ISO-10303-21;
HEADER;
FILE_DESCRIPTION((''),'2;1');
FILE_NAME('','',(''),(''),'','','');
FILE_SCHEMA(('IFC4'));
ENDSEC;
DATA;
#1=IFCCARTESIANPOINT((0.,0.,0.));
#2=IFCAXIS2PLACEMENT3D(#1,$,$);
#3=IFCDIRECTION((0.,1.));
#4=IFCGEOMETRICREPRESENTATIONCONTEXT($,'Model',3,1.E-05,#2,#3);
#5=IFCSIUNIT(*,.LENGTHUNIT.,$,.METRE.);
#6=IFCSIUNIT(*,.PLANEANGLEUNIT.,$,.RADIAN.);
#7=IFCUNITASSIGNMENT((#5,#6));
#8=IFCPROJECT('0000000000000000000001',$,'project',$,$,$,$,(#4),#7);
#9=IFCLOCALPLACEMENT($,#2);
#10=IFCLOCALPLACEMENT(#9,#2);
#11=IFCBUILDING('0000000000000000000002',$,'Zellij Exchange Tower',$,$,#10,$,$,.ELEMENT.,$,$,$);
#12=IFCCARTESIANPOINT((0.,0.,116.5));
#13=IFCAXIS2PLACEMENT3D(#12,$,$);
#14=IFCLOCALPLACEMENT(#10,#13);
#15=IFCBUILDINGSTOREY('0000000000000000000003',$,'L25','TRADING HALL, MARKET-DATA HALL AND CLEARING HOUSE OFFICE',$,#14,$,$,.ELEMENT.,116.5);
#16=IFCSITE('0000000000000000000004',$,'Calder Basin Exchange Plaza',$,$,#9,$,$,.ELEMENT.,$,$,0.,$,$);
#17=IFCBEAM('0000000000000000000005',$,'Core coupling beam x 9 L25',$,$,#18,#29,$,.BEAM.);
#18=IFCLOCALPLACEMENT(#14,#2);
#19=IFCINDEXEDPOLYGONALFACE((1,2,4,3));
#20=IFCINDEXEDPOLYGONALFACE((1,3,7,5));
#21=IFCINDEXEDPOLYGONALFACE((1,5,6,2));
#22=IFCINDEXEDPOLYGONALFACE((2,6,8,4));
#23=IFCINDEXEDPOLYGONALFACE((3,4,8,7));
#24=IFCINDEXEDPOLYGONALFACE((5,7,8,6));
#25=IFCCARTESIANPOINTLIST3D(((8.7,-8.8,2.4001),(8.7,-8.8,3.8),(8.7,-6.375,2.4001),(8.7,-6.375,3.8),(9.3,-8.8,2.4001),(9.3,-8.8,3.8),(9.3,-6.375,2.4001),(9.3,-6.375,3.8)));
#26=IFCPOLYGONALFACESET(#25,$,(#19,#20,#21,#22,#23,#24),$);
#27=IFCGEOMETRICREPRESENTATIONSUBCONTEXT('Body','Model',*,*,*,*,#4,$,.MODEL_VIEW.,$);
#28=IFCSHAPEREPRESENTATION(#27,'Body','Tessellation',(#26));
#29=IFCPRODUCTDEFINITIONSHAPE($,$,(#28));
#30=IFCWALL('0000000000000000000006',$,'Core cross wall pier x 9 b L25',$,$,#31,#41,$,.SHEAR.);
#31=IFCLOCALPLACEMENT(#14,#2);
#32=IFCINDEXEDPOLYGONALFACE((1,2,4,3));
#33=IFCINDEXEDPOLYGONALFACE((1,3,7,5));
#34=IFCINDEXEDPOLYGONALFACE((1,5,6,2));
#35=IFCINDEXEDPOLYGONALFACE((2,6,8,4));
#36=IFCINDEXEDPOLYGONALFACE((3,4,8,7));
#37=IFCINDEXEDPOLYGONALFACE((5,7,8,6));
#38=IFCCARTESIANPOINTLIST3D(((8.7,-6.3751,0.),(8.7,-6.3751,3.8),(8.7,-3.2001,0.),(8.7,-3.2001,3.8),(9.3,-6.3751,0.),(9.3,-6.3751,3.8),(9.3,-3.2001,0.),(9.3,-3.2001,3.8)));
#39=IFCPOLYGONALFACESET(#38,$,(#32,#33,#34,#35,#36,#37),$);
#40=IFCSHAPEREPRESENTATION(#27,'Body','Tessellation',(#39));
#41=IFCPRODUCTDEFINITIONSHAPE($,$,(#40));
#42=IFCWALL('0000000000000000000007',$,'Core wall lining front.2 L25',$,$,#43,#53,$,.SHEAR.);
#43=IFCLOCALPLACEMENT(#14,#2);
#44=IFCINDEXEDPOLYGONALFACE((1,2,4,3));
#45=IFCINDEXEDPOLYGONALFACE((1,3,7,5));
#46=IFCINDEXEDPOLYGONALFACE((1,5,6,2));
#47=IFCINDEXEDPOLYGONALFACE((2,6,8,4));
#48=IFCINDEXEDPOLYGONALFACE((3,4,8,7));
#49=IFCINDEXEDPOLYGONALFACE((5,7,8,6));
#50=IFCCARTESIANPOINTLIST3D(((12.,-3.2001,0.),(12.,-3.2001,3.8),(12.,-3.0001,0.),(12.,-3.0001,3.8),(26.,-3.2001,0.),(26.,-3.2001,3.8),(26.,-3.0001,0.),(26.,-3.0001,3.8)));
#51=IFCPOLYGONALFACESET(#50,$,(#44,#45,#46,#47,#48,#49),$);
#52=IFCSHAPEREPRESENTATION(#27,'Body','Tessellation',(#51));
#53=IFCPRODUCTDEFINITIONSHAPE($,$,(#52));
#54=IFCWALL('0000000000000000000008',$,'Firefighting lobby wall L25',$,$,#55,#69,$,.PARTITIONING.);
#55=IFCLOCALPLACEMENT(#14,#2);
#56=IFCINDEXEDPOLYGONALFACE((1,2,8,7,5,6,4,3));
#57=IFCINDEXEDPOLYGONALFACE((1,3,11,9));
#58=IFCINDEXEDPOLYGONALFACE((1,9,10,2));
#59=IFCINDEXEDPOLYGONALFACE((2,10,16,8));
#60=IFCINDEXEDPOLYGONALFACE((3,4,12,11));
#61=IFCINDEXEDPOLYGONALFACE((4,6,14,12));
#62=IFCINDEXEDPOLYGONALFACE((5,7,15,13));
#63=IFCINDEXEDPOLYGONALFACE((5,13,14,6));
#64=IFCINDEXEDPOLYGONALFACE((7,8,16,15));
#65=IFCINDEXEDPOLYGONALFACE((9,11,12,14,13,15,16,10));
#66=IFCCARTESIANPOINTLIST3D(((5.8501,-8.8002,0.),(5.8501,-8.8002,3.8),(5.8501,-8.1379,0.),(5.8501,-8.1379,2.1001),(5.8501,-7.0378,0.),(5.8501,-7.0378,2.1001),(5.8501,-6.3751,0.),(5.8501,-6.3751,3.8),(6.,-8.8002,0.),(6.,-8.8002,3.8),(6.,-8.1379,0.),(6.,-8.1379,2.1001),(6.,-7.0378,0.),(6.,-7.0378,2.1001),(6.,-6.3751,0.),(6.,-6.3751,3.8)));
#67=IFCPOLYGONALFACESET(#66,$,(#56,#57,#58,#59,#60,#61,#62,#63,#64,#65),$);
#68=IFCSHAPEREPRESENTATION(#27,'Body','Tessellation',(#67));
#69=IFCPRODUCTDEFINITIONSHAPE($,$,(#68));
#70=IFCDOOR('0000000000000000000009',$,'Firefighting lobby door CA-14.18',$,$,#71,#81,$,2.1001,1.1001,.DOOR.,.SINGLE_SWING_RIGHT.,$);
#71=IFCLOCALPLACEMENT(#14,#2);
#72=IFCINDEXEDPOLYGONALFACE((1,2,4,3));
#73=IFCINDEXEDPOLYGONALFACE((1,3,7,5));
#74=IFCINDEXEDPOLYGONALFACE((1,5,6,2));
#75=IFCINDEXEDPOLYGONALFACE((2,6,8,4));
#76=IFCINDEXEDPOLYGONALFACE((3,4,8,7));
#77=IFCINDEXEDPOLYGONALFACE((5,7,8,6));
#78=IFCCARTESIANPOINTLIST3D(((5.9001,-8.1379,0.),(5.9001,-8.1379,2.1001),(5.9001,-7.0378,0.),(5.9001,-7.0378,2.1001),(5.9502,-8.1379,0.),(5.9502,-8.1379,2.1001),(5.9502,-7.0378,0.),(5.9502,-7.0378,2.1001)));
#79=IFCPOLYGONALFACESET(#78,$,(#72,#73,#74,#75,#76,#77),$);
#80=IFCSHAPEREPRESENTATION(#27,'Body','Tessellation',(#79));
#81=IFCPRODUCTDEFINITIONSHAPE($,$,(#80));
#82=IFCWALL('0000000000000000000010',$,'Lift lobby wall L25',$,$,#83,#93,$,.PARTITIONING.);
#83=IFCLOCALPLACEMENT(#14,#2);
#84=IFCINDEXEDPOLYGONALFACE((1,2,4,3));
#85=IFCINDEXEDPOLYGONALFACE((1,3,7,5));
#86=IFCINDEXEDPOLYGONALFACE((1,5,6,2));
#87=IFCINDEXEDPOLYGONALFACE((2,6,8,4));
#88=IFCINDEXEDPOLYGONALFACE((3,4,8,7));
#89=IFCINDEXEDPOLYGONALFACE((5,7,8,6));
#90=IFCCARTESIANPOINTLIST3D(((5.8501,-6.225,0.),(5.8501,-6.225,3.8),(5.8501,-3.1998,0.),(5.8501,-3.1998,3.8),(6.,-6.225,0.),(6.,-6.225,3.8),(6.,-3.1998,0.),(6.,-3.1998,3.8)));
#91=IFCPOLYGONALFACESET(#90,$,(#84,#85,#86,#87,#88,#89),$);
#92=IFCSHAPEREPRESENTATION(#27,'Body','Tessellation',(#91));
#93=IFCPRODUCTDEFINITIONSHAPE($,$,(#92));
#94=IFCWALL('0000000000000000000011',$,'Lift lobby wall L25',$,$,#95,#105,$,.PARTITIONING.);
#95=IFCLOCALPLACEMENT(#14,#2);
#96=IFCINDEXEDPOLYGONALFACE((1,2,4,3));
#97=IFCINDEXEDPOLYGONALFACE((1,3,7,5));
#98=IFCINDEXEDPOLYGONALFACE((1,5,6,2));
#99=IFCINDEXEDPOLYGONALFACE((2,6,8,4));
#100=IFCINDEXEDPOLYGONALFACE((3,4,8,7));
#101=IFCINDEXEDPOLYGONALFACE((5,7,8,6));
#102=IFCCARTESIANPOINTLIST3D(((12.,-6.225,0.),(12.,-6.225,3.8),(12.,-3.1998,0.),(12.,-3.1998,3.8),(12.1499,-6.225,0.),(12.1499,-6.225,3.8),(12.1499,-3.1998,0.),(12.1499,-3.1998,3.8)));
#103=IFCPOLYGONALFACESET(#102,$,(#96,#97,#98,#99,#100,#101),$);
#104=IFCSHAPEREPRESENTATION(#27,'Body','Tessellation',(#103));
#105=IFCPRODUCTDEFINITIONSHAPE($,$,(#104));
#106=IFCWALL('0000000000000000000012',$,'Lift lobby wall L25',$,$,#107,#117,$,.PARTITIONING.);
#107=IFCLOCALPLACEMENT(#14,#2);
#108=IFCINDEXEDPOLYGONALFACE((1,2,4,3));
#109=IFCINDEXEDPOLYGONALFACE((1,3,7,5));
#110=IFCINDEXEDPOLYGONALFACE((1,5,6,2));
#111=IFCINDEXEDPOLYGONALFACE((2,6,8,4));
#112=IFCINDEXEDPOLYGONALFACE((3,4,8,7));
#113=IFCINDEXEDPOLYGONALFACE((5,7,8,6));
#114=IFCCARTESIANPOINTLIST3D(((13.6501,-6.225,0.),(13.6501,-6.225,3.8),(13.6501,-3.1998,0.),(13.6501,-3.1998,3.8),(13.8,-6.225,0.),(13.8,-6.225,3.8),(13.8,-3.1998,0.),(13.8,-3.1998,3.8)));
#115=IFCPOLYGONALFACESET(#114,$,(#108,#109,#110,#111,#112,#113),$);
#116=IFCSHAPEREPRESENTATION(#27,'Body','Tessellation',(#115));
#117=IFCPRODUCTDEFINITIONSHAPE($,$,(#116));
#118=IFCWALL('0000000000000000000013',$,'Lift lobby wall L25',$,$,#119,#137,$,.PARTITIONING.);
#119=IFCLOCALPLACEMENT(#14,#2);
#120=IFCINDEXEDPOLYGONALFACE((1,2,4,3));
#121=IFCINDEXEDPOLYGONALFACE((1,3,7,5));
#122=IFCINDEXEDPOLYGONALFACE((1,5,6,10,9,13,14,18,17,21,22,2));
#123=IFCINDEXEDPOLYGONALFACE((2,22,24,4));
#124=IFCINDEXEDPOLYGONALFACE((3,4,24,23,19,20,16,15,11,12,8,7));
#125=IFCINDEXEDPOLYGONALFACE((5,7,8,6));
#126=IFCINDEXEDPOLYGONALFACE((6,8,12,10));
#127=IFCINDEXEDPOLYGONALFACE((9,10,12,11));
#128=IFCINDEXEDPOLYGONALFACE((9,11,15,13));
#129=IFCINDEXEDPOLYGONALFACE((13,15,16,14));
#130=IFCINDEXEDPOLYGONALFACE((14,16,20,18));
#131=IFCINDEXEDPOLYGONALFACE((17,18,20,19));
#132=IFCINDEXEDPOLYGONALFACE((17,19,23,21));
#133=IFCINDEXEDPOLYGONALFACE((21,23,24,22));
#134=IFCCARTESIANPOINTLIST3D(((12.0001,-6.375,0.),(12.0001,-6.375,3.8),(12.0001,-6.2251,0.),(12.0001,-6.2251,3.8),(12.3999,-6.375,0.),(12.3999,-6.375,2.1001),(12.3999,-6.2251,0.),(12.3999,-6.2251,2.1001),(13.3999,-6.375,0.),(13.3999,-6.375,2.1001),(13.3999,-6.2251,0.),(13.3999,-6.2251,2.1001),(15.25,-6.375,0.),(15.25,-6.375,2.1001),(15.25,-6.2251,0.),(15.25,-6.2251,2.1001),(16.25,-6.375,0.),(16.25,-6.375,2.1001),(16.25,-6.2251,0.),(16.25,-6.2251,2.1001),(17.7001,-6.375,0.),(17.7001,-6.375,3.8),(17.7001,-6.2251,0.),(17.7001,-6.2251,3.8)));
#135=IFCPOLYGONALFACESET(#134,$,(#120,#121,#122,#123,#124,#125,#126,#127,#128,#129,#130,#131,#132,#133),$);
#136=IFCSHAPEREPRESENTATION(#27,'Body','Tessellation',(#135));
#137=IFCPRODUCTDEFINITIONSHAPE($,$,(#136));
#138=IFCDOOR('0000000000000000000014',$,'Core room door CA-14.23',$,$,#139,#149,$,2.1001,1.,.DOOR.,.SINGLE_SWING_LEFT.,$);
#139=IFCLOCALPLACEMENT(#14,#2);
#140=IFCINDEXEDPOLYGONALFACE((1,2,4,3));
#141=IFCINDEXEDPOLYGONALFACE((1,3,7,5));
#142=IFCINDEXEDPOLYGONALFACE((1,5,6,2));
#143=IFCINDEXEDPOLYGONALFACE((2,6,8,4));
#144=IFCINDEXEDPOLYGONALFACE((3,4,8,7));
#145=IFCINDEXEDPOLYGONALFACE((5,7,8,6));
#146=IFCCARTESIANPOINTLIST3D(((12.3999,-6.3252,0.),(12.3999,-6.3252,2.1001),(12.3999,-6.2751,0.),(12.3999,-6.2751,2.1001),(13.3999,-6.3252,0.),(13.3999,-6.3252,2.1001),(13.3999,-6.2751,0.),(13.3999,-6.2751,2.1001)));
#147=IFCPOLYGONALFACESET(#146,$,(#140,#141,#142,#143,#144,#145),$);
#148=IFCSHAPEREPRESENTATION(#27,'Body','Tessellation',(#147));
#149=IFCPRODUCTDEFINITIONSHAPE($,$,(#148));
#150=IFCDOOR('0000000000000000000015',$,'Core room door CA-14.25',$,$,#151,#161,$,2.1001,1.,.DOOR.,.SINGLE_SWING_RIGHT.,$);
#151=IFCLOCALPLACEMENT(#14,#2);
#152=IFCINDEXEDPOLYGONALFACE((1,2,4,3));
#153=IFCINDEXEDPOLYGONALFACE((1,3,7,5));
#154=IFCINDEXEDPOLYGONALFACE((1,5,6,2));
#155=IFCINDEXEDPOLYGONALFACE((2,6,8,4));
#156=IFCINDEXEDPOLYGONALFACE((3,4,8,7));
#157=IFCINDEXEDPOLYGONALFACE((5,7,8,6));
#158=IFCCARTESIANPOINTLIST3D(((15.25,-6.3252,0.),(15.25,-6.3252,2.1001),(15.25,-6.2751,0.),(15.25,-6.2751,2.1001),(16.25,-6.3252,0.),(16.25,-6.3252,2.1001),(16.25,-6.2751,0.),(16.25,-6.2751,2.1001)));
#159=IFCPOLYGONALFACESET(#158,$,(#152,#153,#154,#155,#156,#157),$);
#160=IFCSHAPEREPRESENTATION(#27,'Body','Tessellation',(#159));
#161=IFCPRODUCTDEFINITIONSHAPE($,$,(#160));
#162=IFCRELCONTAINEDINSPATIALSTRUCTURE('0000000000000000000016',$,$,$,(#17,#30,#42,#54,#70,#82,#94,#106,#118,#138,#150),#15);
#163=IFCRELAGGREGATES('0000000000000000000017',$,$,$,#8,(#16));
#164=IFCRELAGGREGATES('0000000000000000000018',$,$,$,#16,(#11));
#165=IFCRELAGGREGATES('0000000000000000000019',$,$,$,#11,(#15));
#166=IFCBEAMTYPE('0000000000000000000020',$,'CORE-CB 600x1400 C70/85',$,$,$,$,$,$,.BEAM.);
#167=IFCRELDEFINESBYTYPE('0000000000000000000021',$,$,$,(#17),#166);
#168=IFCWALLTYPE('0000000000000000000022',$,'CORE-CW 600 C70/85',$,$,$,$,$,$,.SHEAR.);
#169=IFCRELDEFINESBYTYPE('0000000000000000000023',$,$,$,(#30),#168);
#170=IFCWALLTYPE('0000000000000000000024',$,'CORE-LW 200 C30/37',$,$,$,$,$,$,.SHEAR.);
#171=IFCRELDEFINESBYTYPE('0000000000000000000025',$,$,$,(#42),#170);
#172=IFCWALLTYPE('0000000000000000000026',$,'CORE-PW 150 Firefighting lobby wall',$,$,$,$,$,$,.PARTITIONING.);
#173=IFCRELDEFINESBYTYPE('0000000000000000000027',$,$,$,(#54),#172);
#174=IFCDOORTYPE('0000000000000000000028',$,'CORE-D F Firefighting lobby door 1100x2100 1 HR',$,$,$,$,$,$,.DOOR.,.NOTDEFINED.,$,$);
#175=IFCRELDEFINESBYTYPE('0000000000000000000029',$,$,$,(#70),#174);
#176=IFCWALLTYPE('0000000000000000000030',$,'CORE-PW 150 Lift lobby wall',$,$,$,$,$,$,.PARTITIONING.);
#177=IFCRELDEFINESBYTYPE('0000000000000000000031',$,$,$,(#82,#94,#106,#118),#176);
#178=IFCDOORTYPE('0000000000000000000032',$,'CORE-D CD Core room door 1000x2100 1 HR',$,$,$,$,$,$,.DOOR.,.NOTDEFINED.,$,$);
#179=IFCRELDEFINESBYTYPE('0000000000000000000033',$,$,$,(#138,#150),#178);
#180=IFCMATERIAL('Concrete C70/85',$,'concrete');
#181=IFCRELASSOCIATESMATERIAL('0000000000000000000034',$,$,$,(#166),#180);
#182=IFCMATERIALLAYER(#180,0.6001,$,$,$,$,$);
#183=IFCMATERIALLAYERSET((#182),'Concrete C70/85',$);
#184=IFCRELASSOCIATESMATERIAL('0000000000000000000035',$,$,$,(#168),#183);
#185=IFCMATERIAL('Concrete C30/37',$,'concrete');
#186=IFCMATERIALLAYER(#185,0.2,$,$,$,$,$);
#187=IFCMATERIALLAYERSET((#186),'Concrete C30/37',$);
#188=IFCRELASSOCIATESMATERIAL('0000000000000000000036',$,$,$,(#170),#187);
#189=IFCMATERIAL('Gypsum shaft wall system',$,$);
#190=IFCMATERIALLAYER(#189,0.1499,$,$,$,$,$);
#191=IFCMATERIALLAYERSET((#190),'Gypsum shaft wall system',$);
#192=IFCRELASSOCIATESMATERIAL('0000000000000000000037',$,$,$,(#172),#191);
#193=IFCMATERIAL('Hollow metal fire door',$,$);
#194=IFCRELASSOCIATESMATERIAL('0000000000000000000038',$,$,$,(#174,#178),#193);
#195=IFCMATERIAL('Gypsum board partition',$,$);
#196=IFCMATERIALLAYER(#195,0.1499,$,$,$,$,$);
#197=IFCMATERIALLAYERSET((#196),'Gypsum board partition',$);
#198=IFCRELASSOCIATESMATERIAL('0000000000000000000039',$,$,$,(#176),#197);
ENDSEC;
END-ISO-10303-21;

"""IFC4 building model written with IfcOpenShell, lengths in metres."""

from ifc_helpers import new_model, si_unit, direction, frame, frame_2d, origin, origin_2d, place, context, subcontext, project, spatial, rectangle, extrude, material, layer, layer_set, material_profile, profile_set, type_object, element, fill, save


model = new_model("IFC4")

# Units and contexts
model_context = context("Model", 3, precision=1e-05, world=origin(), true_north=direction((0.0, 1.0)))
body_context = subcontext(model_context, "Body", "Model", "MODEL_VIEW")
ifc_project = project(units=[si_unit("LENGTHUNIT", "METRE"), si_unit("PLANEANGLEUNIT", "RADIAN")], contexts=[model_context])

# Site, building, storey
site_placement = place(None, origin())
site = spatial("IfcSite", under=ifc_project, at=site_placement, Name="Calder Basin Exchange Plaza", CompositionType="ELEMENT", RefElevation=0.0)
building_placement = place(site_placement, origin())
building = spatial("IfcBuilding", under=site, at=building_placement, Name="Zellij Exchange Tower", CompositionType="ELEMENT")
storey_placement = place(building_placement, frame((0.0, 0.0, 116.5)))
storey = spatial("IfcBuildingStorey", under=building, at=storey_placement, Name="L25", Description="TRADING HALL, MARKET-DATA HALL AND CLEARING HOUSE OFFICE", CompositionType="ELEMENT", Elevation=116.5)

# Beam
ifc_material_1 = material(Name="Concrete C70/85", Category="concrete")
ifc_material_profile = material_profile(ifc_material_1, rectangle(XDim=0.6001, YDim=1.3999, at=origin_2d()), Name="CORE-CB 600x1400 C70/85")
ifc_profile_set = profile_set([ifc_material_profile], Name="Concrete C70/85")
beam_type = type_object("IfcBeamType", Name="CORE-CB 600x1400 C70/85", PredefinedType="BEAM", material=ifc_profile_set)
beam_placement = place(storey_placement, frame((9.0, -8.8, 3.1001), z_axis=(0.0, 1.0, 0.0), x_axis=(-1.0, 0.0, 0.0)))
element("IfcBeam", 1, at=beam_placement, inside=storey, type_object=beam_type, Name="Core coupling beam x 9 L25", PredefinedType="BEAM", context=body_context, shape_type="SweptSolid", body=[
    extrude(rectangle(XDim=0.6001, YDim=1.3999, at=origin_2d()), origin(), (0.0, 0.0, 1.0), 2.425),
])

# Walls
ifc_layer_1 = layer(ifc_material_1, 0.6001)
ifc_layer_set_1 = layer_set([ifc_layer_1], Name="Concrete C70/85")
wall_type_1 = type_object("IfcWallType", Name="CORE-CW 600 C70/85", PredefinedType="SHEAR", material=ifc_layer_set_1)
wall_1_placement = place(storey_placement, frame((9.0, -6.375, 0.0), z_axis=(0.0, 0.0, 1.0), x_axis=(0.0, 1.0, 0.0)))
element("IfcWall", 2, at=wall_1_placement, inside=storey, type_object=wall_type_1, Name="Core cross wall pier x 9 b L25", PredefinedType="SHEAR", context=body_context, shape_type="SweptSolid", body=[
    extrude(rectangle(XDim=3.175, YDim=0.6001, at=frame_2d((1.5874, 0.0))), origin(), (0.0, 0.0, 1.0), 3.8),
])
ifc_material_2 = material(Name="Concrete C30/37", Category="concrete")
ifc_layer_2 = layer(ifc_material_2, 0.2)
ifc_layer_set_2 = layer_set([ifc_layer_2], Name="Concrete C30/37")
wall_type_2 = type_object("IfcWallType", Name="CORE-LW 200 C30/37", PredefinedType="SHEAR", material=ifc_layer_set_2)
wall_2_placement = place(storey_placement, frame((12.0, -3.1001, 0.0), z_axis=(0.0, 0.0, 1.0), x_axis=(1.0, 0.0, 0.0)))
element("IfcWall", 3, at=wall_2_placement, inside=storey, type_object=wall_type_2, Name="Core wall lining front.2 L25", PredefinedType="SHEAR", context=body_context, shape_type="SweptSolid", body=[
    extrude(rectangle(XDim=14.0, YDim=0.2, at=frame_2d((7.0, 0.0))), origin(), (0.0, 0.0, 1.0), 3.8),
])

# Wall, opening, door
ifc_material_3 = material(Name="Gypsum shaft wall system")
ifc_layer_3 = layer(ifc_material_3, 0.1499)
ifc_layer_set_3 = layer_set([ifc_layer_3], Name="Gypsum shaft wall system")
wall_type_3 = type_object("IfcWallType", Name="CORE-PW 150 Firefighting lobby wall", PredefinedType="PARTITIONING", material=ifc_layer_set_3)
wall_3_placement = place(storey_placement, frame((5.925, -8.8, 0.0), z_axis=(0.0, 0.0, 1.0), x_axis=(0.0, 1.0, 0.0)))
wall_3 = element("IfcWall", 4, at=wall_3_placement, inside=storey, type_object=wall_type_3, Name="Firefighting lobby wall L25", PredefinedType="PARTITIONING", context=body_context, shape_type="SweptSolid", body=[
    extrude(rectangle(XDim=2.425, YDim=0.1499, at=frame_2d((1.2124, 0.0))), origin(), (0.0, 0.0, 1.0), 3.8),
])
opening_1_placement = place(wall_3_placement, frame((0.6621, 0.0, 0.0)))
opening_1 = element("IfcOpeningElement", 5, at=opening_1_placement, cuts=wall_3, PredefinedType="OPENING", context=body_context, shape_type="SweptSolid", body=[
    extrude(rectangle(XDim=1.1001, YDim=2.1001, at=frame_2d((0.55, 1.05))), frame((0.0, 0.0869, 0.0), z_axis=(0.0, -1.0, 0.0), x_axis=(1.0, 0.0, 0.0)), (0.0, 0.0, 1.0), 0.1738),
])
ifc_material_4 = material(Name="Hollow metal fire door")
door_type_1 = type_object("IfcDoorType", Name="CORE-D F Firefighting lobby door 1100x2100 1 HR", OperationType="NOTDEFINED", PredefinedType="DOOR", material=ifc_material_4)
door_1_placement = place(opening_1_placement, origin())
door_1 = element("IfcDoor", 6, at=door_1_placement, inside=storey, type_object=door_type_1, Name="Firefighting lobby door CA-14.18", OperationType="SINGLE_SWING_RIGHT", OverallHeight=2.1001, OverallWidth=1.1001, PredefinedType="DOOR", context=body_context, shape_type="SweptSolid", body=[
    extrude(rectangle(XDim=1.1001, YDim=2.1001, at=frame_2d((0.55, 1.05))), frame((0.0, 0.0249, 0.0), z_axis=(0.0, -1.0, 0.0), x_axis=(1.0, 0.0, 0.0)), (0.0, 0.0, 1.0), 0.05),
])
fill(opening_1, door_1)

# Walls
ifc_material_5 = material(Name="Gypsum board partition")
ifc_layer_4 = layer(ifc_material_5, 0.1499)
ifc_layer_set_4 = layer_set([ifc_layer_4], Name="Gypsum board partition")
wall_type_4 = type_object("IfcWallType", Name="CORE-PW 150 Lift lobby wall", PredefinedType="PARTITIONING", material=ifc_layer_set_4)
for number, where, z_axis, x_axis, name in (
    (7, (5.925, -6.2251, 0.0), (0.0, 0.0, 1.0), (0.0, 1.0, 0.0), "Lift lobby wall L25"),
    (8, (12.075, -6.2251, 0.0), (0.0, 0.0, 1.0), (0.0, 1.0, 0.0), "Lift lobby wall L25"),
    (9, (13.7251, -6.2251, 0.0), (0.0, 0.0, 1.0), (0.0, 1.0, 0.0), "Lift lobby wall L25"),
):
    element("IfcWall", number, at=place(storey_placement, frame(where, z_axis=z_axis, x_axis=x_axis)), inside=storey, type_object=wall_type_4, Name=name, PredefinedType="PARTITIONING", context=body_context, shape_type="SweptSolid", body=[
        extrude(rectangle(XDim=3.0251, YDim=0.1499, at=frame_2d((1.5127, 0.0))), origin(), (0.0, 0.0, 1.0), 3.8),
    ])

# Wall, openings, doors
wall_4_placement = place(storey_placement, frame((12.0, -6.3, 0.0), z_axis=(0.0, 0.0, 1.0), x_axis=(1.0, 0.0, 0.0)))
wall_4 = element("IfcWall", 10, at=wall_4_placement, inside=storey, type_object=wall_type_4, Name="Lift lobby wall L25", PredefinedType="PARTITIONING", context=body_context, shape_type="SweptSolid", body=[
    extrude(rectangle(XDim=5.7, YDim=0.1499, at=frame_2d((2.8501, 0.0))), origin(), (0.0, 0.0, 1.0), 3.8),
])
opening_2_placement = place(wall_4_placement, frame((0.3999, 0.0, 0.0)))
opening_2 = element("IfcOpeningElement", 11, at=opening_2_placement, cuts=wall_4, PredefinedType="OPENING", context=body_context, shape_type="SweptSolid", body=[
    extrude(rectangle(XDim=1.0, YDim=2.1001, at=frame_2d((0.5, 1.05))), frame((0.0, 0.0869, 0.0), z_axis=(0.0, -1.0, 0.0), x_axis=(1.0, 0.0, 0.0)), (0.0, 0.0, 1.0), 0.1738),
])
opening_3_placement = place(wall_4_placement, frame((3.25, 0.0, 0.0)))
opening_3 = element("IfcOpeningElement", 12, at=opening_3_placement, cuts=wall_4, PredefinedType="OPENING", context=body_context, shape_type="SweptSolid", body=[
    extrude(rectangle(XDim=1.0, YDim=2.1001, at=frame_2d((0.5, 1.05))), frame((0.0, 0.0869, 0.0), z_axis=(0.0, -1.0, 0.0), x_axis=(1.0, 0.0, 0.0)), (0.0, 0.0, 1.0), 0.1738),
])
door_type_2 = type_object("IfcDoorType", Name="CORE-D CD Core room door 1000x2100 1 HR", OperationType="NOTDEFINED", PredefinedType="DOOR", material=ifc_material_4)
door_2_placement = place(opening_2_placement, origin())
door_2 = element("IfcDoor", 13, at=door_2_placement, inside=storey, type_object=door_type_2, Name="Core room door CA-14.23", OperationType="SINGLE_SWING_LEFT", OverallHeight=2.1001, OverallWidth=1.0, PredefinedType="DOOR", context=body_context, shape_type="SweptSolid", body=[
    extrude(rectangle(XDim=1.0, YDim=2.1001, at=frame_2d((0.5, 1.05))), frame((0.0, 0.0249, 0.0), z_axis=(0.0, -1.0, 0.0), x_axis=(1.0, 0.0, 0.0)), (0.0, 0.0, 1.0), 0.05),
])
fill(opening_2, door_2)
door_3_placement = place(opening_3_placement, origin())
door_3 = element("IfcDoor", 14, at=door_3_placement, inside=storey, type_object=door_type_2, Name="Core room door CA-14.25", OperationType="SINGLE_SWING_RIGHT", OverallHeight=2.1001, OverallWidth=1.0, PredefinedType="DOOR", context=body_context, shape_type="SweptSolid", body=[
    extrude(rectangle(XDim=1.0, YDim=2.1001, at=frame_2d((0.5, 1.05))), frame((0.0, 0.0249, 0.0), z_axis=(0.0, -1.0, 0.0), x_axis=(1.0, 0.0, 0.0)), (0.0, 0.0, 1.0), 0.05),
])
fill(opening_3, door_3)

save(model, "model.ifc")
